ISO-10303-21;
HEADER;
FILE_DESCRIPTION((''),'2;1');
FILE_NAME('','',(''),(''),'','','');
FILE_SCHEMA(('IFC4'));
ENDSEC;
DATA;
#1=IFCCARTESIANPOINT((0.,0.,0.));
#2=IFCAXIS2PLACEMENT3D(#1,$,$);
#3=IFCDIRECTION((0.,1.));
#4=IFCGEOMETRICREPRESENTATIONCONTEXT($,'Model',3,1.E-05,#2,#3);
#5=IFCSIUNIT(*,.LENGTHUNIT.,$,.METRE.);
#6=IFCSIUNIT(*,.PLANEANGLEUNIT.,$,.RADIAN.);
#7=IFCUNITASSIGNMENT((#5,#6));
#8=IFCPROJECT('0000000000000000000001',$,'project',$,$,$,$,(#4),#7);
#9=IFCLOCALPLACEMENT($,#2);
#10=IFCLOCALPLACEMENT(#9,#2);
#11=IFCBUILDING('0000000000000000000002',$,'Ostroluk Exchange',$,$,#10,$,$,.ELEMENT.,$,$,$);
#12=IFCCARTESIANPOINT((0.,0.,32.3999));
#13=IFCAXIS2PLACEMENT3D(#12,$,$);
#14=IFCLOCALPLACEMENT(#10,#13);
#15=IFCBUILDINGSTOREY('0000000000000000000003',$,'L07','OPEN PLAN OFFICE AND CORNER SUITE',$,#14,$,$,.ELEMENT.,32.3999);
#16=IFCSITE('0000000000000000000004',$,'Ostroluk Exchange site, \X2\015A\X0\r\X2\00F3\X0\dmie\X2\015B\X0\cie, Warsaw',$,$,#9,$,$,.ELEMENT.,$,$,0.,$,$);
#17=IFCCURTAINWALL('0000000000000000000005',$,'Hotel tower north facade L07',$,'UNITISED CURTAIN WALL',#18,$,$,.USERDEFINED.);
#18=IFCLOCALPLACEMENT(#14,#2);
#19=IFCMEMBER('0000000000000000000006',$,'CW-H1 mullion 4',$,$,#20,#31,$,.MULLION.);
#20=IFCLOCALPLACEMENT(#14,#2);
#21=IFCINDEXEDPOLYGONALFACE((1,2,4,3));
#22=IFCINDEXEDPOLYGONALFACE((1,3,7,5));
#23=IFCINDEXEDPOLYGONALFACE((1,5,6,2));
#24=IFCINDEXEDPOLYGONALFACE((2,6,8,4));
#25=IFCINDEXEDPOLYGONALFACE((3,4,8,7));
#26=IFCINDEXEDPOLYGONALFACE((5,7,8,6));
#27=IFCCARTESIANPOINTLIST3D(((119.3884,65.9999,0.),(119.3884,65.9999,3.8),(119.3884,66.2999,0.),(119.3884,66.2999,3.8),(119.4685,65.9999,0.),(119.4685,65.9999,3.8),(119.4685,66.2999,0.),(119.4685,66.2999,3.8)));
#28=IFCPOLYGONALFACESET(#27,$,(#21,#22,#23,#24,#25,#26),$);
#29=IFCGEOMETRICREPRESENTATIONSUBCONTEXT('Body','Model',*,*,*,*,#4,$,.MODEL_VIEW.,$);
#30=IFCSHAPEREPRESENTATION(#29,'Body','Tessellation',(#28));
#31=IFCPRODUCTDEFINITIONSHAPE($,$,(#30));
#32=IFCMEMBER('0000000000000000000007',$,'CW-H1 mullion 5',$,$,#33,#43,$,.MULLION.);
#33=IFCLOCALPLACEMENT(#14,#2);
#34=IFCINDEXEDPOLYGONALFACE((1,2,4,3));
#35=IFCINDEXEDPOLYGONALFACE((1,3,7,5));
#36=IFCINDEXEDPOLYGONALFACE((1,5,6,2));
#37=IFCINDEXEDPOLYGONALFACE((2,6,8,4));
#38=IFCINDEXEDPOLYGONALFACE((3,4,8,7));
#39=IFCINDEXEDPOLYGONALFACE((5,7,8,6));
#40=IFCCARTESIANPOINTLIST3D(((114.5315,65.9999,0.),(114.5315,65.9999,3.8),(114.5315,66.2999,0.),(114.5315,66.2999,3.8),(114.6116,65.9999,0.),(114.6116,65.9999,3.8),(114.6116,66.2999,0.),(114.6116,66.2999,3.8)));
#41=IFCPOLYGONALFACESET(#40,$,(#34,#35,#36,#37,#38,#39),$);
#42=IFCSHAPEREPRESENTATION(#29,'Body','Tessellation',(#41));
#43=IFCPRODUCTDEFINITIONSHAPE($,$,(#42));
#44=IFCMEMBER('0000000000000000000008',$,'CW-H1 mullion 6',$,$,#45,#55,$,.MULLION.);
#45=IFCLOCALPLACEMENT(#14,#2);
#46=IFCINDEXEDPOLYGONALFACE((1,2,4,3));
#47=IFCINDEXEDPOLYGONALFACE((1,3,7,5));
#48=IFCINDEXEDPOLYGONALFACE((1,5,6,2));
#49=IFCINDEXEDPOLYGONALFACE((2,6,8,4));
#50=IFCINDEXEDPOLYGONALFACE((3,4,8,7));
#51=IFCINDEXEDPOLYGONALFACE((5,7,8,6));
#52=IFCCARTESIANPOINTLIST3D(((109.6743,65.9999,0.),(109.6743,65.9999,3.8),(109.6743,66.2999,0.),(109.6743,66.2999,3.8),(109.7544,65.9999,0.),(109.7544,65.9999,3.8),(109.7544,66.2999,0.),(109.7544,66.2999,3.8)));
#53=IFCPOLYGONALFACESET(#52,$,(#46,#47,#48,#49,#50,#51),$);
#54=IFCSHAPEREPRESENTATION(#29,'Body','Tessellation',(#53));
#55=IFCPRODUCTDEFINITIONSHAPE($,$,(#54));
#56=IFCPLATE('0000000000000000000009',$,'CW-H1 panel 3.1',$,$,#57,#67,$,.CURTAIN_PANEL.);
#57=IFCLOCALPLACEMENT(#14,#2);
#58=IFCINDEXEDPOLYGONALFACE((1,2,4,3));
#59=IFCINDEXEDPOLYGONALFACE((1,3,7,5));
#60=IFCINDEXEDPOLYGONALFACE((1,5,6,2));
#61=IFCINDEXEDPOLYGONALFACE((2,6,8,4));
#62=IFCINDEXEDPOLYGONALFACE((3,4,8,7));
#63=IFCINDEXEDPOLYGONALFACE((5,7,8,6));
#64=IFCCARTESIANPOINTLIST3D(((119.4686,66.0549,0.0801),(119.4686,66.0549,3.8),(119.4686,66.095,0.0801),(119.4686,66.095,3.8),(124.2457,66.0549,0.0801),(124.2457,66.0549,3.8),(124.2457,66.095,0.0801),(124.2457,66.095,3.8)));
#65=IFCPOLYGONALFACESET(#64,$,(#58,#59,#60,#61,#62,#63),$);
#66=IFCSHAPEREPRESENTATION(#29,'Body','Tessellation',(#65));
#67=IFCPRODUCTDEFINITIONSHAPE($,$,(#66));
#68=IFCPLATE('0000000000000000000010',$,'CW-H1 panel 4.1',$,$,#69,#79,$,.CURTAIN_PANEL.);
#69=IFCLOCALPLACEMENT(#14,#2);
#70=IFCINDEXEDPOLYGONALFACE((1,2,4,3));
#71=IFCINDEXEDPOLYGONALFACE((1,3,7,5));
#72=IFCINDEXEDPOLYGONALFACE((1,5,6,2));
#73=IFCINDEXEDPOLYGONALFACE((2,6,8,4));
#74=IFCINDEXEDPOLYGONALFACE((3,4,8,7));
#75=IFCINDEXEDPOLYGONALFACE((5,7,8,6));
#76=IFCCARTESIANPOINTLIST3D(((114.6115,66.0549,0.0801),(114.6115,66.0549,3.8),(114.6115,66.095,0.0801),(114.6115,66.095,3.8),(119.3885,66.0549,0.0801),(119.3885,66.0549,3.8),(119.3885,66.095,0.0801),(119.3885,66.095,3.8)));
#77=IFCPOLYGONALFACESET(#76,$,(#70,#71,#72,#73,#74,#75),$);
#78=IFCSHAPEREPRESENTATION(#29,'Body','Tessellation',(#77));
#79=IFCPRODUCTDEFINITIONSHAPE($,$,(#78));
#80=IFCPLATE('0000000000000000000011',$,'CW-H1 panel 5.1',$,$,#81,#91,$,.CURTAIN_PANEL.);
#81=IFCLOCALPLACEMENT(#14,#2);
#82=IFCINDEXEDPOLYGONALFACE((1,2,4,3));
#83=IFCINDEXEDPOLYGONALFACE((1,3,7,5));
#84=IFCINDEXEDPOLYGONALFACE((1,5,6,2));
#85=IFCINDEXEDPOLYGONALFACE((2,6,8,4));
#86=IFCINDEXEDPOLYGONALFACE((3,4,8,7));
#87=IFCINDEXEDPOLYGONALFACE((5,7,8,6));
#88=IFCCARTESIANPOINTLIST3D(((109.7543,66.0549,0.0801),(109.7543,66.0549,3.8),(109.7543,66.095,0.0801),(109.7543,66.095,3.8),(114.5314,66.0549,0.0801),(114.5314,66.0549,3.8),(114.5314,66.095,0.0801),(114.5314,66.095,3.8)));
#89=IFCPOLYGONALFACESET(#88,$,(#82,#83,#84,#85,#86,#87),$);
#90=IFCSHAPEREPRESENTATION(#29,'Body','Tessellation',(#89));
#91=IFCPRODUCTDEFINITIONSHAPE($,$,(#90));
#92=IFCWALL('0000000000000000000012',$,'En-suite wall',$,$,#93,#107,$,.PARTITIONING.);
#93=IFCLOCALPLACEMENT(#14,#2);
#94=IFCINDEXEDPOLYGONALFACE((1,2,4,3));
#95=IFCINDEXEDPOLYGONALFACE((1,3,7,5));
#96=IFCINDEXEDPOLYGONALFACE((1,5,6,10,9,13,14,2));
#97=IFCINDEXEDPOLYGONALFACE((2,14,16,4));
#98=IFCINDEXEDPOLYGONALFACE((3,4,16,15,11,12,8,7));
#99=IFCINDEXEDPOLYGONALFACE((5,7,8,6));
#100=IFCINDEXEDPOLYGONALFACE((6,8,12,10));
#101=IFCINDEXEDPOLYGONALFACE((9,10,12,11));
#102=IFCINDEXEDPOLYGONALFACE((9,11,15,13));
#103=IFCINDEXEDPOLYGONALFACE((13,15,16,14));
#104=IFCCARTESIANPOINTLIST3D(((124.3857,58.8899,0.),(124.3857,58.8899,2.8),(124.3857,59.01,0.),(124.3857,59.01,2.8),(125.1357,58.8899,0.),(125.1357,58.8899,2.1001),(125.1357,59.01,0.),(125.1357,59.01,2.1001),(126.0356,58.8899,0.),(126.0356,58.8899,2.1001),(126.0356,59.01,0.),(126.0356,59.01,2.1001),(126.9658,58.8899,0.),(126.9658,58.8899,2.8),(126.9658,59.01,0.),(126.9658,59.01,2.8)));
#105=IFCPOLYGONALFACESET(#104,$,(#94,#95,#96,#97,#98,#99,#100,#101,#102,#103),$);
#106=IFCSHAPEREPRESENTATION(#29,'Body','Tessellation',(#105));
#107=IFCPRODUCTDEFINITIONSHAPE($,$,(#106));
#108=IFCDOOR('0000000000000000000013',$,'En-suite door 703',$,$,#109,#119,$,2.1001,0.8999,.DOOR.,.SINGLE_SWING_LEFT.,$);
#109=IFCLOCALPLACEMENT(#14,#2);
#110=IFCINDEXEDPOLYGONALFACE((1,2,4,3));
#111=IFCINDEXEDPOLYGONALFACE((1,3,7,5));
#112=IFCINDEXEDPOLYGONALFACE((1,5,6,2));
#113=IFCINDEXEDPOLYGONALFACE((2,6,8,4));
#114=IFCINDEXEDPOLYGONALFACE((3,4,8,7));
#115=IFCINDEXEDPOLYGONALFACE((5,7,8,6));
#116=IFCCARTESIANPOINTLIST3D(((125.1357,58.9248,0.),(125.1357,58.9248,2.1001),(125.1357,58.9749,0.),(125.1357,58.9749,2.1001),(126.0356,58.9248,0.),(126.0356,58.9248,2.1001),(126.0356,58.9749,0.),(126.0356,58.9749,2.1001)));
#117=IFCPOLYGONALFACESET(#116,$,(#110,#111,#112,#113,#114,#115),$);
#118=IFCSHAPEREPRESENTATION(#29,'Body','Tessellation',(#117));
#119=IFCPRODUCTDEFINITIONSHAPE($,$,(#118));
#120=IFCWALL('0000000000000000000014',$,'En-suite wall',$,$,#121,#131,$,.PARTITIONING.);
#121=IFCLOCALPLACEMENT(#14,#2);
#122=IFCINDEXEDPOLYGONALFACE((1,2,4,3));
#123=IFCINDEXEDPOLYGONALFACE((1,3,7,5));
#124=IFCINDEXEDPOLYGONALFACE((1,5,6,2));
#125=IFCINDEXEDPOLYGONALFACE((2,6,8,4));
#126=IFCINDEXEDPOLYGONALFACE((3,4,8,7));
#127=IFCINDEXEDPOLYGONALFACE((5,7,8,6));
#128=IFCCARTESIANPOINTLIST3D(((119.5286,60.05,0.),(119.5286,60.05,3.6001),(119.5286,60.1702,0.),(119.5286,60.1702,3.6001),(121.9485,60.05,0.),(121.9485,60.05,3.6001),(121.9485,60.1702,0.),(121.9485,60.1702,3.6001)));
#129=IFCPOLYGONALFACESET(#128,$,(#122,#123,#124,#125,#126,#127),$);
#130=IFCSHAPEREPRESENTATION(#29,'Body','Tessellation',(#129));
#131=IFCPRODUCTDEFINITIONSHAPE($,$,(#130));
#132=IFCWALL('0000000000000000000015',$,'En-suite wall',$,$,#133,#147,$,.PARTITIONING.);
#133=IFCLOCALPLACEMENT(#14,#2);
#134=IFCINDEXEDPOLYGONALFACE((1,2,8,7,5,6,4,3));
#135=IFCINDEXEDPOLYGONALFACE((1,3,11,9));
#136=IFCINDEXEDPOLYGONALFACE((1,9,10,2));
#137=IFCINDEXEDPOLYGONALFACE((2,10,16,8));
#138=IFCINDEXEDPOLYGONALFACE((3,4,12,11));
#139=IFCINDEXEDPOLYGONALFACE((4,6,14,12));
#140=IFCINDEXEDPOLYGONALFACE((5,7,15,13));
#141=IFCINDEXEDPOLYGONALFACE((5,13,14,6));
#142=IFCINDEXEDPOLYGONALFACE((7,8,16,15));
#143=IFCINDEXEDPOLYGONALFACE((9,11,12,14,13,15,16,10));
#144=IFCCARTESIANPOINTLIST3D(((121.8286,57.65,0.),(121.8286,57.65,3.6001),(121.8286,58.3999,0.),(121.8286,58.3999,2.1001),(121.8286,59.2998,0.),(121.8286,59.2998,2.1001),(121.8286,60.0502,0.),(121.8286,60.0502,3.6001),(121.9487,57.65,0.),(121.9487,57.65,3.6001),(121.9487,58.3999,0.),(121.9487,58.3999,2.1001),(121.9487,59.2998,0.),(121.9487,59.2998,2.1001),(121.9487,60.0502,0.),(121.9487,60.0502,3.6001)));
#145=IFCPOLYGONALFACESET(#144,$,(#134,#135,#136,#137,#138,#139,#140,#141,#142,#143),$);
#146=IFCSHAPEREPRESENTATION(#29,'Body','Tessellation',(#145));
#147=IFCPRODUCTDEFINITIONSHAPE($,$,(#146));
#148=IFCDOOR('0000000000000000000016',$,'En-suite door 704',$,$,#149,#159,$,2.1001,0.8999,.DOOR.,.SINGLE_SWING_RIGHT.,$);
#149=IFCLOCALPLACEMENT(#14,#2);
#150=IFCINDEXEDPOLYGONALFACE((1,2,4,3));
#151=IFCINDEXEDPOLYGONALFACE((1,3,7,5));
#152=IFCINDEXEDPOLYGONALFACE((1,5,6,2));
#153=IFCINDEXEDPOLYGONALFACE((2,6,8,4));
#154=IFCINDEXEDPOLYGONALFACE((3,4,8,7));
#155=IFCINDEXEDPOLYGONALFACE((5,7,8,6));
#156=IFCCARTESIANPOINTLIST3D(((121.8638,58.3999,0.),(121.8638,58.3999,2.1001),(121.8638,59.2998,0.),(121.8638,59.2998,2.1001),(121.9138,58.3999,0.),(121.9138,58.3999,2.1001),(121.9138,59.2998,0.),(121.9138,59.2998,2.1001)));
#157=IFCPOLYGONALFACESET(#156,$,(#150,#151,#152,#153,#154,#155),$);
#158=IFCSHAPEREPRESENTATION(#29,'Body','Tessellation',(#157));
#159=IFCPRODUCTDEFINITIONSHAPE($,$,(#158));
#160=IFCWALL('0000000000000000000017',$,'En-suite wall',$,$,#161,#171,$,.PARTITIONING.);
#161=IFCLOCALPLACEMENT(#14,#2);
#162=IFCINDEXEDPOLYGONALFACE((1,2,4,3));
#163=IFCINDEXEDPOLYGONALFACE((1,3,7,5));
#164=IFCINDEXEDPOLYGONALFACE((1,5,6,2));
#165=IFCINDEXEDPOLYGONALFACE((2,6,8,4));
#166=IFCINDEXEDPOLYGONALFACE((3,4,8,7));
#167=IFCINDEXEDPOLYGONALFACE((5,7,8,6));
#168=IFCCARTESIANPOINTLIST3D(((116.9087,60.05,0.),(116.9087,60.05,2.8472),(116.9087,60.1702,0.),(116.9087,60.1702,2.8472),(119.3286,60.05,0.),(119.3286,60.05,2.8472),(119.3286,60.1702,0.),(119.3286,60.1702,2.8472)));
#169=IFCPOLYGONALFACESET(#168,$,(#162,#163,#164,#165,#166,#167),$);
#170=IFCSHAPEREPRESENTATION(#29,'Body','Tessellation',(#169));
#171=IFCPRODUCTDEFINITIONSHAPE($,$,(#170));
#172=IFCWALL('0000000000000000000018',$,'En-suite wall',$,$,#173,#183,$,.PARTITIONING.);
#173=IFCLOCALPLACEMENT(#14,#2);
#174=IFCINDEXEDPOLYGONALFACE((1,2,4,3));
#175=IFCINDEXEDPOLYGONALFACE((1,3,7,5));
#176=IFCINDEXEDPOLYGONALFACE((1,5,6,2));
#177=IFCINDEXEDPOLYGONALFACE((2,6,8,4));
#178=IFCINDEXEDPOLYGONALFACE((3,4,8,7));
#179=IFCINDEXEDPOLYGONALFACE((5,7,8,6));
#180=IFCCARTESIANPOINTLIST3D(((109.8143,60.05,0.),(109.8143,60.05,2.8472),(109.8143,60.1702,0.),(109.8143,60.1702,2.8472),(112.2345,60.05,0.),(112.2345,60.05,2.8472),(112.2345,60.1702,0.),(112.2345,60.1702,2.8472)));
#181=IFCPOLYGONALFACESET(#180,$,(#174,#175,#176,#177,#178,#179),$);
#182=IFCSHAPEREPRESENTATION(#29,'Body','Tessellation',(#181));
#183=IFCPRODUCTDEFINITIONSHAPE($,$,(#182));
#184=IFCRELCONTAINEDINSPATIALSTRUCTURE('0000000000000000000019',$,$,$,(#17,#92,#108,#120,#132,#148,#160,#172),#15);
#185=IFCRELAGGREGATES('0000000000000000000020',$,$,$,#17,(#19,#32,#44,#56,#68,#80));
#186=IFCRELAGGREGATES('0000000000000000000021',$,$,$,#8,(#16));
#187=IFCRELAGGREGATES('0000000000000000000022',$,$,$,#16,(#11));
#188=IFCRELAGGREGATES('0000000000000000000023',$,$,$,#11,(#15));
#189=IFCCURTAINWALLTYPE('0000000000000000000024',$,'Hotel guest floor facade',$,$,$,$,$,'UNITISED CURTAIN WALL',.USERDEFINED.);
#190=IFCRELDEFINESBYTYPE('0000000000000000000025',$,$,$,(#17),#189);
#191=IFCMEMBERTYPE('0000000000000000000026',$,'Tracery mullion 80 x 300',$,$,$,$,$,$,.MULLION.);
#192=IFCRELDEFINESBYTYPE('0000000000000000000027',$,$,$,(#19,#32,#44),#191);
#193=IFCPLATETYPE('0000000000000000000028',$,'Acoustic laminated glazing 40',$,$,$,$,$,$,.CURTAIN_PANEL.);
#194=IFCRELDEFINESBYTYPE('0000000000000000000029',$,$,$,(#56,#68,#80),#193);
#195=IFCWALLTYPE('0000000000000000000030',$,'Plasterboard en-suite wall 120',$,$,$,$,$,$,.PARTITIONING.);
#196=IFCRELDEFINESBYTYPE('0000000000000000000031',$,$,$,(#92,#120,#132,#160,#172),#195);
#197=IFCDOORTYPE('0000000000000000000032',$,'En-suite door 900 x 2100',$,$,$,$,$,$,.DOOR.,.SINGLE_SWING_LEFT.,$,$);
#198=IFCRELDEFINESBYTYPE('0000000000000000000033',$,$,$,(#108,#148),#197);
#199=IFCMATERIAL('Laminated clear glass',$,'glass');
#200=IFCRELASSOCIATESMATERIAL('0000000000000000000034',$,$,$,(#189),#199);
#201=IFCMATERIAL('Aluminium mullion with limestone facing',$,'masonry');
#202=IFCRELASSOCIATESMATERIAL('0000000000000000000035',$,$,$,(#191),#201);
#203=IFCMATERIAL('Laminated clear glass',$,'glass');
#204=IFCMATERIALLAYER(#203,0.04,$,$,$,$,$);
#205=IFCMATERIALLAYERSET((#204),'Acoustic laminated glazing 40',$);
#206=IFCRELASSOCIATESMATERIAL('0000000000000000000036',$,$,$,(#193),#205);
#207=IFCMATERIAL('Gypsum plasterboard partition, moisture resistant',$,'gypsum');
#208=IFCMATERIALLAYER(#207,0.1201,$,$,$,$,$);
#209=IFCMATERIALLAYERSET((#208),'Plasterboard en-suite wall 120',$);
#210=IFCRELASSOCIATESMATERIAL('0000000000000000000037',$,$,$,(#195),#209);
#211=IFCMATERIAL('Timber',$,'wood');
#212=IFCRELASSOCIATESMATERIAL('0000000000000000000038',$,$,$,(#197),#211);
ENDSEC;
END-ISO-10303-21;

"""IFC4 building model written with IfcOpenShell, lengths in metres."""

from ifc_helpers import new_model, si_unit, direction, frame, frame_2d, origin, origin_2d, place, context, subcontext, project, spatial, rectangle, extrude, material, layer, layer_set, material_profile, profile_set, type_object, element, fill, aggregate, save


model = new_model("IFC4")

# Units and contexts
model_context = context("Model", 3, precision=1e-05, world=origin(), true_north=direction((0.0, 1.0)))
body_context = subcontext(model_context, "Body", "Model", "MODEL_VIEW")
ifc_project = project(units=[si_unit("LENGTHUNIT", "METRE"), si_unit("PLANEANGLEUNIT", "RADIAN")], contexts=[model_context])

# Site, building, storey
site_placement = place(None, origin())
site = spatial("IfcSite", under=ifc_project, at=site_placement, Name="Ostroluk Exchange site, Śródmieście, Warsaw", CompositionType="ELEMENT", RefElevation=0.0)
building_placement = place(site_placement, origin())
building = spatial("IfcBuilding", under=site, at=building_placement, Name="Ostroluk Exchange", CompositionType="ELEMENT")
storey_placement = place(building_placement, frame((0.0, 0.0, 32.3999)))
storey = spatial("IfcBuildingStorey", under=building, at=storey_placement, Name="L07", Description="OPEN PLAN OFFICE AND CORNER SUITE", CompositionType="ELEMENT", Elevation=32.3999)

# Curtain wall, members, plates
ifc_material_1 = material(Name="Laminated clear glass", Category="glass")
curtain_wall_type = type_object("IfcCurtainWallType", Name="Hotel guest floor facade", ElementType="UNITISED CURTAIN WALL", PredefinedType="USERDEFINED", material=ifc_material_1)
curtain_wall_placement = place(storey_placement, origin())
curtain_wall = element("IfcCurtainWall", 1, at=curtain_wall_placement, inside=storey, type_object=curtain_wall_type, Name="Hotel tower north facade L07", ObjectType="UNITISED CURTAIN WALL", PredefinedType="USERDEFINED")
ifc_material_2 = material(Name="Aluminium mullion with limestone facing", Category="masonry")
ifc_material_profile_1 = material_profile(ifc_material_2, rectangle(XDim=0.3, YDim=0.0801, at=origin_2d()), Name="Tracery mullion 80 x 300")
ifc_profile_set_1 = profile_set([ifc_material_profile_1], Name="Aluminium mullion with limestone facing")
member_type_1 = type_object("IfcMemberType", Name="Tracery mullion 80 x 300", PredefinedType="MULLION", material=ifc_profile_set_1)
member_1_placement = place(storey_placement, frame((119.4285, 66.1499, 0.0), z_axis=(0.0, 0.0, 1.0), x_axis=(0.0, -1.0, 0.0)))
member_1 = element("IfcMember", 2, at=member_1_placement, type_object=member_type_1, Name="CW-H1 mullion 4", PredefinedType="MULLION", context=body_context, shape_type="SweptSolid", body=[
    extrude(rectangle(XDim=0.3, YDim=0.0801, at=origin_2d()), origin(), (0.0, 0.0, 1.0), 3.8),
])
member_2_placement = place(storey_placement, frame((114.5715, 66.1499, 0.0), z_axis=(0.0, 0.0, 1.0), x_axis=(0.0, -1.0, 0.0)))
member_2 = element("IfcMember", 3, at=member_2_placement, type_object=member_type_1, Name="CW-H1 mullion 5", PredefinedType="MULLION", context=body_context, shape_type="SweptSolid", body=[
    extrude(rectangle(XDim=0.3, YDim=0.0801, at=origin_2d()), origin(), (0.0, 0.0, 1.0), 3.8),
])
member_3_placement = place(storey_placement, frame((109.7144, 66.1499, 0.0), z_axis=(0.0, 0.0, 1.0), x_axis=(0.0, -1.0, 0.0)))
member_3 = element("IfcMember", 4, at=member_3_placement, type_object=member_type_1, Name="CW-H1 mullion 6", PredefinedType="MULLION", context=body_context, shape_type="SweptSolid", body=[
    extrude(rectangle(XDim=0.3, YDim=0.0801, at=origin_2d()), origin(), (0.0, 0.0, 1.0), 3.8),
])
ifc_material_3 = material(Name="Laminated clear glass", Category="glass")
ifc_layer_1 = layer(ifc_material_3, 0.04)
ifc_layer_set_1 = layer_set([ifc_layer_1], Name="Acoustic laminated glazing 40")
plate_type = type_object("IfcPlateType", Name="Acoustic laminated glazing 40", PredefinedType="CURTAIN_PANEL", material=ifc_layer_set_1)
plate_1_placement = place(storey_placement, frame((121.8572, 66.075, 0.0801), z_axis=(0.0, 0.0, 1.0), x_axis=(-1.0, 0.0, 0.0)))
plate_1 = element("IfcPlate", 5, at=plate_1_placement, type_object=plate_type, Name="CW-H1 panel 3.1", PredefinedType="CURTAIN_PANEL", context=body_context, shape_type="SweptSolid", body=[
    extrude(rectangle(XDim=4.7771, YDim=0.04, at=origin_2d()), origin(), (0.0, 0.0, 1.0), 3.72),
])
plate_2_placement = place(storey_placement, frame((117.0, 66.075, 0.0801), z_axis=(0.0, 0.0, 1.0), x_axis=(-1.0, 0.0, 0.0)))
plate_2 = element("IfcPlate", 6, at=plate_2_placement, type_object=plate_type, Name="CW-H1 panel 4.1", PredefinedType="CURTAIN_PANEL", context=body_context, shape_type="SweptSolid", body=[
    extrude(rectangle(XDim=4.7771, YDim=0.04, at=origin_2d()), origin(), (0.0, 0.0, 1.0), 3.72),
])
plate_3_placement = place(storey_placement, frame((112.1428, 66.075, 0.0801), z_axis=(0.0, 0.0, 1.0), x_axis=(-1.0, 0.0, 0.0)))
plate_3 = element("IfcPlate", 7, at=plate_3_placement, type_object=plate_type, Name="CW-H1 panel 5.1", PredefinedType="CURTAIN_PANEL", context=body_context, shape_type="SweptSolid", body=[
    extrude(rectangle(XDim=4.7771, YDim=0.04, at=origin_2d()), origin(), (0.0, 0.0, 1.0), 3.72),
])
aggregate(curtain_wall, [member_1, member_2, member_3, plate_1, plate_2, plate_3])

# Wall, opening, door
ifc_material_4 = material(Name="Gypsum plasterboard partition, moisture resistant", Category="gypsum")
ifc_layer_2 = layer(ifc_material_4, 0.1201)
ifc_layer_set_2 = layer_set([ifc_layer_2], Name="Plasterboard en-suite wall 120")
wall_type_1 = type_object("IfcWallType", Name="Plasterboard en-suite wall 120", PredefinedType="PARTITIONING", material=ifc_layer_set_2)
wall_1_placement = place(storey_placement, frame((124.3857, 58.95, 0.0), z_axis=(0.0, 0.0, 1.0), x_axis=(1.0, 0.0, 0.0)))
wall_1 = element("IfcWall", 8, at=wall_1_placement, inside=storey, type_object=wall_type_1, Name="En-suite wall", PredefinedType="PARTITIONING", context=body_context, shape_type="SweptSolid", body=[
    extrude(rectangle(XDim=2.5801, YDim=0.1201, at=frame_2d((1.29, 0.0))), origin(), (0.0, 0.0, 1.0), 2.8),
])
opening_1_placement = place(wall_1_placement, frame((0.75, 0.0, 0.0)))
opening_1 = element("IfcOpeningElement", 9, at=opening_1_placement, cuts=wall_1, PredefinedType="OPENING", context=body_context, shape_type="SweptSolid", body=[
    extrude(rectangle(XDim=0.8999, YDim=2.1001, at=frame_2d((0.45, 1.05))), frame((0.0, 0.0701, 0.0), z_axis=(0.0, -1.0, 0.0), x_axis=(1.0, 0.0, 0.0)), (0.0, 0.0, 1.0), 0.1401),
])
ifc_material_5 = material(Name="Timber", Category="wood")
door_type = type_object("IfcDoorType", Name="En-suite door 900 x 2100", OperationType="SINGLE_SWING_LEFT", PredefinedType="DOOR", material=ifc_material_5)
door_1_placement = place(opening_1_placement, origin())
door_1 = element("IfcDoor", 10, at=door_1_placement, inside=storey, type_object=door_type, Name="En-suite door 703", OperationType="SINGLE_SWING_LEFT", OverallHeight=2.1001, OverallWidth=0.8999, PredefinedType="DOOR", context=body_context, shape_type="SweptSolid", body=[
    extrude(rectangle(XDim=0.8999, YDim=2.1001, at=frame_2d((0.45, 1.05))), frame((0.0, 0.0249, 0.0), z_axis=(0.0, -1.0, 0.0), x_axis=(1.0, 0.0, 0.0)), (0.0, 0.0, 1.0), 0.05),
])
fill(opening_1, door_1)

# Wall
wall_2_placement = place(storey_placement, frame((121.9485, 60.1101, 0.0), z_axis=(0.0, 0.0, 1.0), x_axis=(-1.0, 0.0, 0.0)))
element("IfcWall", 11, at=wall_2_placement, inside=storey, type_object=wall_type_1, Name="En-suite wall", PredefinedType="PARTITIONING", context=body_context, shape_type="SweptSolid", body=[
    extrude(rectangle(XDim=2.4199, YDim=0.1201, at=frame_2d((1.21, 0.0))), origin(), (0.0, 0.0, 1.0), 3.6001),
])

# Wall, opening, door
wall_3_placement = place(storey_placement, frame((121.8887, 57.6499, 0.0), z_axis=(0.0, 0.0, 1.0), x_axis=(0.0, 1.0, 0.0)))
wall_3 = element("IfcWall", 12, at=wall_3_placement, inside=storey, type_object=wall_type_1, Name="En-suite wall", PredefinedType="PARTITIONING", context=body_context, shape_type="SweptSolid", body=[
    extrude(rectangle(XDim=2.4001, YDim=0.1201, at=frame_2d((1.2002, 0.0))), origin(), (0.0, 0.0, 1.0), 3.6001),
])
opening_2_placement = place(wall_3_placement, frame((0.75, 0.0, 0.0)))
opening_2 = element("IfcOpeningElement", 13, at=opening_2_placement, cuts=wall_3, PredefinedType="OPENING", context=body_context, shape_type="SweptSolid", body=[
    extrude(rectangle(XDim=0.8999, YDim=2.1001, at=frame_2d((0.45, 1.05))), frame((0.0, 0.0701, 0.0), z_axis=(0.0, -1.0, 0.0), x_axis=(1.0, 0.0, 0.0)), (0.0, 0.0, 1.0), 0.1401),
])
door_2_placement = place(opening_2_placement, origin())
door_2 = element("IfcDoor", 14, at=door_2_placement, inside=storey, type_object=door_type, Name="En-suite door 704", OperationType="SINGLE_SWING_RIGHT", OverallHeight=2.1001, OverallWidth=0.8999, PredefinedType="DOOR", context=body_context, shape_type="SweptSolid", body=[
    extrude(rectangle(XDim=0.8999, YDim=2.1001, at=frame_2d((0.45, 1.05))), frame((0.0, 0.0249, 0.0), z_axis=(0.0, -1.0, 0.0), x_axis=(1.0, 0.0, 0.0)), (0.0, 0.0, 1.0), 0.05),
])
fill(opening_2, door_2)

# Walls
wall_4_placement = place(storey_placement, frame((119.3286, 60.1101, 0.0), z_axis=(0.0, 0.0, 1.0), x_axis=(-1.0, 0.0, 0.0)))
element("IfcWall", 15, at=wall_4_placement, inside=storey, type_object=wall_type_1, Name="En-suite wall", PredefinedType="PARTITIONING", context=body_context, shape_type="SweptSolid", body=[
    extrude(rectangle(XDim=2.4199, YDim=0.1201, at=frame_2d((1.21, 0.0))), origin(), (0.0, 0.0, 1.0), 2.8472),
])
wall_5_placement = place(storey_placement, frame((112.2344, 60.1101, 0.0), z_axis=(0.0, 0.0, 1.0), x_axis=(-1.0, 0.0, 0.0)))
element("IfcWall", 16, at=wall_5_placement, inside=storey, type_object=wall_type_1, Name="En-suite wall", PredefinedType="PARTITIONING", context=body_context, shape_type="SweptSolid", body=[
    extrude(rectangle(XDim=2.4202, YDim=0.1201, at=frame_2d((1.21, 0.0))), origin(), (0.0, 0.0, 1.0), 2.8472),
])

save(model, "model.ifc")
